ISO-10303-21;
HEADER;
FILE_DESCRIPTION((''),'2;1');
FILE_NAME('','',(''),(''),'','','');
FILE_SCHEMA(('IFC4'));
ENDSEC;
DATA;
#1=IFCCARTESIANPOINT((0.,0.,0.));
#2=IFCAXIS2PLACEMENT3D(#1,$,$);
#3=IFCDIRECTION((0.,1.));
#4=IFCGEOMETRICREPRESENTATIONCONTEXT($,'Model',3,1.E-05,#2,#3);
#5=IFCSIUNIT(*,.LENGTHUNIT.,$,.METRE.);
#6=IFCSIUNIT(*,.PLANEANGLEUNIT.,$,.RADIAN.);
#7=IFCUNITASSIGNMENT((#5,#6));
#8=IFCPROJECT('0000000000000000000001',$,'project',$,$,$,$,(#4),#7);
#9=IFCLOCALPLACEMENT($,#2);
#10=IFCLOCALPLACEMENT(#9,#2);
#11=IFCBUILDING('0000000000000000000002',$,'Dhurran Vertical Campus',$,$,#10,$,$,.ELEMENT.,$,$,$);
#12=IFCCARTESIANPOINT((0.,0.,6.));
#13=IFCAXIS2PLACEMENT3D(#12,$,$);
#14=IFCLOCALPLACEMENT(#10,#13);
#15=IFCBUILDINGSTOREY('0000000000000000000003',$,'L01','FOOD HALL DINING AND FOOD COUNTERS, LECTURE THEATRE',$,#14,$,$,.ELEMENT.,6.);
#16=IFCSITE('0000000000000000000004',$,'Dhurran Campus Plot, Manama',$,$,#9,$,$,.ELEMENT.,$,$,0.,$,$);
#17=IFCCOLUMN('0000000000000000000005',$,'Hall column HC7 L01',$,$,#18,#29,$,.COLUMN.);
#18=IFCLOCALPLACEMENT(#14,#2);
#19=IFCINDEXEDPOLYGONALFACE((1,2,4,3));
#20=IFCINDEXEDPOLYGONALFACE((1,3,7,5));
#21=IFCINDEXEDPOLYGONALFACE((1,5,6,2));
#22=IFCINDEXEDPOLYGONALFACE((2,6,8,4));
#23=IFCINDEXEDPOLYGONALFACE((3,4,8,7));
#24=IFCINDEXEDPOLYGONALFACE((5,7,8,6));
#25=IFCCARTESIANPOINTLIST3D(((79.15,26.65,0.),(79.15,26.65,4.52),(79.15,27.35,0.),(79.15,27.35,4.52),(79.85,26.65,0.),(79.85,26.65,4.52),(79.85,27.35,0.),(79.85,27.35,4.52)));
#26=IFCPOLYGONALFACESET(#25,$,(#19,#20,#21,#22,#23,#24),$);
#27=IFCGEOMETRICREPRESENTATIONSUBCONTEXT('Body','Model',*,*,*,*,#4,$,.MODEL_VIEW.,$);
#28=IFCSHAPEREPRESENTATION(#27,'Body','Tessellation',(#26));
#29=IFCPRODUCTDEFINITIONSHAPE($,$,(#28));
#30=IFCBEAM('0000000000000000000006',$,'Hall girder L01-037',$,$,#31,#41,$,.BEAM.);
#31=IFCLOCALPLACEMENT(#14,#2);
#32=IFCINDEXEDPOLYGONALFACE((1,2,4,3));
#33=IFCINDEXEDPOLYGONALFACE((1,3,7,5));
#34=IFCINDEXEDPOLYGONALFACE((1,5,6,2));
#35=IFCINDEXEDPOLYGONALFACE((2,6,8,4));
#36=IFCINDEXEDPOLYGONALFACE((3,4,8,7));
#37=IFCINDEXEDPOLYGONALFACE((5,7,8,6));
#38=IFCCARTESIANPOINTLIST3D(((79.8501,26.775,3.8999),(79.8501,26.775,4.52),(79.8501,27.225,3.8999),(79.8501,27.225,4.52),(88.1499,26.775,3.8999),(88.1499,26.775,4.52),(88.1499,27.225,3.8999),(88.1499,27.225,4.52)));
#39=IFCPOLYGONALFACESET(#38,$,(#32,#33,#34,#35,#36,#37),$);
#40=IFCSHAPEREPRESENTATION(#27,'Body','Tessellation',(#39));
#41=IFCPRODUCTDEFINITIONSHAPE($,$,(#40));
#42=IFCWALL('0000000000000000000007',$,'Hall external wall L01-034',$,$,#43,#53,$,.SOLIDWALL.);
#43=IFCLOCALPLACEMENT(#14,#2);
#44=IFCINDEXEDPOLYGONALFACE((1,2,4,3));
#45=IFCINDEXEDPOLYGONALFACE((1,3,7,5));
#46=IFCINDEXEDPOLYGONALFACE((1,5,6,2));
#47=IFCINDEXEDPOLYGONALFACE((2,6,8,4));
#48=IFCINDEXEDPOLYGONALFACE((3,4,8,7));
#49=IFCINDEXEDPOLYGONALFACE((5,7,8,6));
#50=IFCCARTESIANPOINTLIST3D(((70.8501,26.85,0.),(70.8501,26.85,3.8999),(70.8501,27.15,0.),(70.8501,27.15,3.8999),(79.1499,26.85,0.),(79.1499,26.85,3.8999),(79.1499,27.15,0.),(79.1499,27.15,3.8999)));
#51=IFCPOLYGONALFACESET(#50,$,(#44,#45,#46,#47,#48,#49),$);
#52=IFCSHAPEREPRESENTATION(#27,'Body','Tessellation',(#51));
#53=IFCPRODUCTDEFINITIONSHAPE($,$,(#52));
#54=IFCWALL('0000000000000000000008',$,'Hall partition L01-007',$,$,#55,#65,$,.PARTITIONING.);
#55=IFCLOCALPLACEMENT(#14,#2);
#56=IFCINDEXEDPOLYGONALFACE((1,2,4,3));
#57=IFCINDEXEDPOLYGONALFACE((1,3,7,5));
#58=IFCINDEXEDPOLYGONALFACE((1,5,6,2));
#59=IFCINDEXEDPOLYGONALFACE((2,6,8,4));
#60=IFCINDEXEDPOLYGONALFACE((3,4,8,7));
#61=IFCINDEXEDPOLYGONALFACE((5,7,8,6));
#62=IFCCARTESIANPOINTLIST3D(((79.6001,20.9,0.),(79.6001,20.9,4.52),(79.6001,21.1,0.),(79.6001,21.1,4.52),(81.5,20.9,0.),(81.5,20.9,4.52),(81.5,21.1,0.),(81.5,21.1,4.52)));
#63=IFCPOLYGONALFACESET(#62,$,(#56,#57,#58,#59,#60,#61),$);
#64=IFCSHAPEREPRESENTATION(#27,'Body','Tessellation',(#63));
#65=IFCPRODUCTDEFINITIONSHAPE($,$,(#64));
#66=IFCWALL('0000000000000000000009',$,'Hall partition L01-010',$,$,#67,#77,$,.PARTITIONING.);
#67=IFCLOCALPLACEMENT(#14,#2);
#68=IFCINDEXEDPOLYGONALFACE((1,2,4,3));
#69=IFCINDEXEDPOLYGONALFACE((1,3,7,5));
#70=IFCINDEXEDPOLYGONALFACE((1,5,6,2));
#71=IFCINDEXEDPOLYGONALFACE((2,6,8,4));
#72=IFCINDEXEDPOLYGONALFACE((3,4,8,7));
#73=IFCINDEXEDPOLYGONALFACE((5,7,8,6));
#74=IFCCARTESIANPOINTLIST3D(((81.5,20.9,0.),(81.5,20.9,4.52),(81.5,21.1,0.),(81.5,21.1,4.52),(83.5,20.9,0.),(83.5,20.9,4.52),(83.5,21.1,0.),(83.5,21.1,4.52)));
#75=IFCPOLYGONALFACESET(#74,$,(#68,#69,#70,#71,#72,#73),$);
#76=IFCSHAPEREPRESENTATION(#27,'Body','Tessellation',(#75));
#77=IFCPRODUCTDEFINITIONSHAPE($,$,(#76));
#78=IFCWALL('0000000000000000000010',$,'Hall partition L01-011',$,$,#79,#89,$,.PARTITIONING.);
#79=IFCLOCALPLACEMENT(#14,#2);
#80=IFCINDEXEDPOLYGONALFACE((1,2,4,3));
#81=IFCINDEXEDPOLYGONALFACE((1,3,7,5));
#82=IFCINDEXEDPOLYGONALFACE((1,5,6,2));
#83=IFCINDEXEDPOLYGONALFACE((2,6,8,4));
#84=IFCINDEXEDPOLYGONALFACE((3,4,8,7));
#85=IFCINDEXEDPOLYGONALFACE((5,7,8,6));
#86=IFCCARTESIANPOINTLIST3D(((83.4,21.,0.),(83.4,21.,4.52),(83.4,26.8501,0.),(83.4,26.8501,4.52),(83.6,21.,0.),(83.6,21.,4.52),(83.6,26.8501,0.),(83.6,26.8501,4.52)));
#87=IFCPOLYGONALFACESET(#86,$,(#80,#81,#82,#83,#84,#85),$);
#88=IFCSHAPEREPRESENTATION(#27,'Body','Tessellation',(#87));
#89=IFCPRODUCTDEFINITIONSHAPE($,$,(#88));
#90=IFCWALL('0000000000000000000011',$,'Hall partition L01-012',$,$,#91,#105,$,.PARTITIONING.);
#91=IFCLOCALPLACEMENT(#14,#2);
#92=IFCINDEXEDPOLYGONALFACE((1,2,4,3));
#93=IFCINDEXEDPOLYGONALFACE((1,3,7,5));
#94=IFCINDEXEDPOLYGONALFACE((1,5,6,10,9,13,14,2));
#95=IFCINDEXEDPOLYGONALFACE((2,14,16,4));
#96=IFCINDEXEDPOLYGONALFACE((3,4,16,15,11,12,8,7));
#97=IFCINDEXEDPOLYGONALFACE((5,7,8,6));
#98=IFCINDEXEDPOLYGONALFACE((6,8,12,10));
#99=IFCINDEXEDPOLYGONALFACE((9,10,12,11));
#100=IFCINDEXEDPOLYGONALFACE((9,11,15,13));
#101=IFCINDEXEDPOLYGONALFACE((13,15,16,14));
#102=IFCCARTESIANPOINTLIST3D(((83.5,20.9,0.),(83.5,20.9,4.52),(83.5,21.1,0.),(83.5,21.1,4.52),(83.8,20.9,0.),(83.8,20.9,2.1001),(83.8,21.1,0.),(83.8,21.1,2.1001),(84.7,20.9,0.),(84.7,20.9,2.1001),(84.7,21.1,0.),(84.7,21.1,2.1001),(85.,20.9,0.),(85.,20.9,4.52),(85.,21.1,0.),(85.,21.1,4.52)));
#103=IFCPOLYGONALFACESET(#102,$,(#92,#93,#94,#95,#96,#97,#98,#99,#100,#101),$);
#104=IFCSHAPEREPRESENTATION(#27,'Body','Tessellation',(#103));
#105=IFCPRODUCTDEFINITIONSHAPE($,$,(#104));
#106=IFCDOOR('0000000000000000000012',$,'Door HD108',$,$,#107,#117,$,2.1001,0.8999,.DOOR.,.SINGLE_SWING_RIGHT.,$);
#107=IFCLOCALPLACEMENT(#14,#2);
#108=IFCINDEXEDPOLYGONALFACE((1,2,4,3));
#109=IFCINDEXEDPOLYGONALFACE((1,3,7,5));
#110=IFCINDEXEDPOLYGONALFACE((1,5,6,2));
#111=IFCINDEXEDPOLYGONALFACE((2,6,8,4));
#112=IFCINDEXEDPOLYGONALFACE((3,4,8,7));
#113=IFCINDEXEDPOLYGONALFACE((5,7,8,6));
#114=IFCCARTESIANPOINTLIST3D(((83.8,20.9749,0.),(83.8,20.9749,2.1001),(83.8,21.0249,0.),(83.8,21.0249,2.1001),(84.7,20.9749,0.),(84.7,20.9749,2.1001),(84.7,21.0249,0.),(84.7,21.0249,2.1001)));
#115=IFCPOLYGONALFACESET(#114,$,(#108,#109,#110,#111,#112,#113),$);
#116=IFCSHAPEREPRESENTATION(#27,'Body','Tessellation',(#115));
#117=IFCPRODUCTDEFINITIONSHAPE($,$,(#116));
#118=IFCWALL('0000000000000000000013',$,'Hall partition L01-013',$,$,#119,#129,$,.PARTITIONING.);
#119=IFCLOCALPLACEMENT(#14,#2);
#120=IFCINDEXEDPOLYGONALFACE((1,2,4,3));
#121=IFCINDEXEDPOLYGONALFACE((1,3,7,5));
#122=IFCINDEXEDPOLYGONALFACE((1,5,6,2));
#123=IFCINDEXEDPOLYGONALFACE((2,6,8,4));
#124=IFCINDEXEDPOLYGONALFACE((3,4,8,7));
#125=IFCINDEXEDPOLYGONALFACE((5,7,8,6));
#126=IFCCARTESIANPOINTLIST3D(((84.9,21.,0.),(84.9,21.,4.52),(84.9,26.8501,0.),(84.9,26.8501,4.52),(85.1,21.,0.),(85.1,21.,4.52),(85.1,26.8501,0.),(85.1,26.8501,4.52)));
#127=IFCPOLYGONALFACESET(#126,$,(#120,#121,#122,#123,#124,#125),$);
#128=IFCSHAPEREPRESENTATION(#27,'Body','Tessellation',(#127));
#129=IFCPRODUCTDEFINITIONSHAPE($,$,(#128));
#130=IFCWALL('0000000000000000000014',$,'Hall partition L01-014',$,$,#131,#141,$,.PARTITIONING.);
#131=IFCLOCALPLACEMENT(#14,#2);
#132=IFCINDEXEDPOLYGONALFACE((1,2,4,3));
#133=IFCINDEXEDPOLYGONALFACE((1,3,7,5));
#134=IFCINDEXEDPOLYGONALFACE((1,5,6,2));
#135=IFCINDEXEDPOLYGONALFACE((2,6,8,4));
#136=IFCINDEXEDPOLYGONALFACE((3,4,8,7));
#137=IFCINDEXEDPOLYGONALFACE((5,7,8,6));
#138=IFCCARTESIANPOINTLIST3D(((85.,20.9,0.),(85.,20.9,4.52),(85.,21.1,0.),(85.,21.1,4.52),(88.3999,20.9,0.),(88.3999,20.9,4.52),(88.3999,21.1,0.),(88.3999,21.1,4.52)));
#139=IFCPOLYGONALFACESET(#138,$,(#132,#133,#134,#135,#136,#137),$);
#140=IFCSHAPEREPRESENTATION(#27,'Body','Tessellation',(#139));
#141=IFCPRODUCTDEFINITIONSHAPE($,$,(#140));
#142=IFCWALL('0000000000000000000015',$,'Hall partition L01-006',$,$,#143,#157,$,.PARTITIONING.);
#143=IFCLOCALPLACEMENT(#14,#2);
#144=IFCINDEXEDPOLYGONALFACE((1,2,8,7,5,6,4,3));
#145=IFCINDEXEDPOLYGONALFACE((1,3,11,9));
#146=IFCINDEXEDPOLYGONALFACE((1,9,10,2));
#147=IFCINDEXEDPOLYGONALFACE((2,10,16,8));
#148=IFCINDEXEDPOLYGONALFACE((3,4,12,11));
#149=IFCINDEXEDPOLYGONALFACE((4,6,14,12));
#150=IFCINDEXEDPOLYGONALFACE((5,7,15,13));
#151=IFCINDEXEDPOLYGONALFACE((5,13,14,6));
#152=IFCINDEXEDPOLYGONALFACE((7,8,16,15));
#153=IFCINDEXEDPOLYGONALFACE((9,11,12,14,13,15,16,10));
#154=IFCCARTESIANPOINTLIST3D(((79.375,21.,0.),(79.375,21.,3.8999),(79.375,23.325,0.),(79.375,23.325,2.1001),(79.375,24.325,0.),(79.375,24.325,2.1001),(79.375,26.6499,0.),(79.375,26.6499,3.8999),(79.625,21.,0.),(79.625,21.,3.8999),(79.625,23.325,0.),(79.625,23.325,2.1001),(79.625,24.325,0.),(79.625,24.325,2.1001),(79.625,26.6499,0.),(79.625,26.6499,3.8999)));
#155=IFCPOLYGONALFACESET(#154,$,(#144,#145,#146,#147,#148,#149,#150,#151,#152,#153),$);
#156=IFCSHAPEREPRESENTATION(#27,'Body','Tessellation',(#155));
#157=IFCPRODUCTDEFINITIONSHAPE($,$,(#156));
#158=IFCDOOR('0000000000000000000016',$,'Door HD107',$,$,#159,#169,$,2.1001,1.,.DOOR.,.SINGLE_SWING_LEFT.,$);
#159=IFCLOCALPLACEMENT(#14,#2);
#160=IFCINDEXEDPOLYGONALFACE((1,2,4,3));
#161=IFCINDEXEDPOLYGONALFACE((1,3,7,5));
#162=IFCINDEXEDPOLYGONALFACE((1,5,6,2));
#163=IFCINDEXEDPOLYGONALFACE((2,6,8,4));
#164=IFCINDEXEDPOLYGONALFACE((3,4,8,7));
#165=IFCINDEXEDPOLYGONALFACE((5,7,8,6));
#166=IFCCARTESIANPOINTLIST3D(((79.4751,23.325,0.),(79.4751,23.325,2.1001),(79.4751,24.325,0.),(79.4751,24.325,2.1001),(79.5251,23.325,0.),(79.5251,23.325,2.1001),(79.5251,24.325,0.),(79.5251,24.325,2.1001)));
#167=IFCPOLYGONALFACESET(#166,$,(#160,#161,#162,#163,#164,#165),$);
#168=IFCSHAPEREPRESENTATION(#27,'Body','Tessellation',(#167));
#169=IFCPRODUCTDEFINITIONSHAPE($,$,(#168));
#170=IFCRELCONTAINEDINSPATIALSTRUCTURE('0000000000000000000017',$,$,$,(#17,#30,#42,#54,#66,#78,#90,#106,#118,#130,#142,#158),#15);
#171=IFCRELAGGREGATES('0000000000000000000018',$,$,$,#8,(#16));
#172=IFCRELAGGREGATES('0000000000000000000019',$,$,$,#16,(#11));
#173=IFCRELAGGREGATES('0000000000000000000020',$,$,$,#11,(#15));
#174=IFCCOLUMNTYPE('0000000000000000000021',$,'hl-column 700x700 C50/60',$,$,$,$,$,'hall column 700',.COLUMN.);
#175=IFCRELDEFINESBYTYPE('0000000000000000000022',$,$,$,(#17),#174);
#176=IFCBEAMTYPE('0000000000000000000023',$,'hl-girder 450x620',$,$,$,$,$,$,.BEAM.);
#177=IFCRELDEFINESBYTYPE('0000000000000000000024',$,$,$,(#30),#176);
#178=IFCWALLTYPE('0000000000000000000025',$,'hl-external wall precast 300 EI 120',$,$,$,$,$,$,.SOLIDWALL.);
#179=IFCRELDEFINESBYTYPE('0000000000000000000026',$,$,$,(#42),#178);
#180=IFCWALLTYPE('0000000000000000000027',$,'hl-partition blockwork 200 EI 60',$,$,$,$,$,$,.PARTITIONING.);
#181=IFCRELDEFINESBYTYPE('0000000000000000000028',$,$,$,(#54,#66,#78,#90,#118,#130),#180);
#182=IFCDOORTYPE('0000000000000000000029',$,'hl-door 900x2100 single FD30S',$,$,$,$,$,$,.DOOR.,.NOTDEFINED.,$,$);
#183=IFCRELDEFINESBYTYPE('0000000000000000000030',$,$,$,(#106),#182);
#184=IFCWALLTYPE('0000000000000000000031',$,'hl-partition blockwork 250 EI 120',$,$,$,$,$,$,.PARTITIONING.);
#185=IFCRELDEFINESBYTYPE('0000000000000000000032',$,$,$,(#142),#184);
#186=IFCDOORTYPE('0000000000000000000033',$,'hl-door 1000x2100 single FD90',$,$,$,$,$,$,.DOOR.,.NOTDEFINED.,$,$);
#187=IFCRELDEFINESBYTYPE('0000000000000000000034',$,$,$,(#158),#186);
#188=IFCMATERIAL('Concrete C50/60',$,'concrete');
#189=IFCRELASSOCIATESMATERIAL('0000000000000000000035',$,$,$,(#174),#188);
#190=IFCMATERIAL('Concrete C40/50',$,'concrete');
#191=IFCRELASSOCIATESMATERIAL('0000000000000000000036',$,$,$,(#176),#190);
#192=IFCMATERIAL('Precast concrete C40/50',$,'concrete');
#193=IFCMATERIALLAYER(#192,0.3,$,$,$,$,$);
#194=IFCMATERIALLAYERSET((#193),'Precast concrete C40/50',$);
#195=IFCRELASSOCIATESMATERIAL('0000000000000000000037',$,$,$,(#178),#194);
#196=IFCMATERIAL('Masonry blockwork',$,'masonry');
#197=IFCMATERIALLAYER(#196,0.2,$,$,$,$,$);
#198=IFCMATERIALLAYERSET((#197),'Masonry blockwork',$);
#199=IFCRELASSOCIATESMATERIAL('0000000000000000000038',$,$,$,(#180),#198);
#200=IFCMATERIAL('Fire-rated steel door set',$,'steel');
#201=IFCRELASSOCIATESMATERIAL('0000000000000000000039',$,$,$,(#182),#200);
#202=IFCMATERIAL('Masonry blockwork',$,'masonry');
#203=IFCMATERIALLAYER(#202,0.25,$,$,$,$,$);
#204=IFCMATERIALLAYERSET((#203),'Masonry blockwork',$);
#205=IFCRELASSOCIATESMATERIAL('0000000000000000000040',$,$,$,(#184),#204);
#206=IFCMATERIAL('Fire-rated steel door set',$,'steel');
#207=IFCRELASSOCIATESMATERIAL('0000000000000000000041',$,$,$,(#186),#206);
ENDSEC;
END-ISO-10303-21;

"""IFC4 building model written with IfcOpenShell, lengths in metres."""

from ifc_helpers import new_model, si_unit, direction, frame, frame_2d, origin, origin_2d, place, context, subcontext, project, spatial, rectangle, extrude, material, layer, layer_set, material_profile, profile_set, type_object, element, fill, save


model = new_model("IFC4")

# Units and contexts
model_context = context("Model", 3, precision=1e-05, world=origin(), true_north=direction((0.0, 1.0)))
body_context = subcontext(model_context, "Body", "Model", "MODEL_VIEW")
ifc_project = project(units=[si_unit("LENGTHUNIT", "METRE"), si_unit("PLANEANGLEUNIT", "RADIAN")], contexts=[model_context])

# Site, building, storey
site_placement = place(None, origin())
site = spatial("IfcSite", under=ifc_project, at=site_placement, Name="Dhurran Campus Plot, Manama", CompositionType="ELEMENT", RefElevation=0.0)
building_placement = place(site_placement, origin())
building = spatial("IfcBuilding", under=site, at=building_placement, Name="Dhurran Vertical Campus", CompositionType="ELEMENT")
storey_placement = place(building_placement, frame((0.0, 0.0, 6.0)))
storey = spatial("IfcBuildingStorey", under=building, at=storey_placement, Name="L01", Description="FOOD HALL DINING AND FOOD COUNTERS, LECTURE THEATRE", CompositionType="ELEMENT", Elevation=6.0)

# Column
ifc_material_1 = material(Name="Concrete C50/60", Category="concrete")
ifc_material_profile_1 = material_profile(ifc_material_1, rectangle(XDim=0.7, YDim=0.7, at=origin_2d()), Name="hl-column 700x700 C50/60")
ifc_profile_set_1 = profile_set([ifc_material_profile_1], Name="Concrete C50/60")
column_type = type_object("IfcColumnType", Name="hl-column 700x700 C50/60", ElementType="hall column 700", PredefinedType="COLUMN", material=ifc_profile_set_1)
column_placement = place(storey_placement, frame((79.5, 27.0, 0.0), z_axis=(0.0, 0.0, 1.0), x_axis=(1.0, 0.0, 0.0)))
element("IfcColumn", 1, at=column_placement, inside=storey, type_object=column_type, Name="Hall column HC7 L01", PredefinedType="COLUMN", context=body_context, shape_type="SweptSolid", body=[
    extrude(rectangle(XDim=0.7, YDim=0.7, at=origin_2d()), origin(), (0.0, 0.0, 1.0), 4.52),
])

# Beam
ifc_material_2 = material(Name="Concrete C40/50", Category="concrete")
ifc_material_profile_2 = material_profile(ifc_material_2, rectangle(XDim=0.45, YDim=0.6201, at=origin_2d()), Name="hl-girder 450x620")
ifc_profile_set_2 = profile_set([ifc_material_profile_2], Name="Concrete C40/50")
beam_type = type_object("IfcBeamType", Name="hl-girder 450x620", PredefinedType="BEAM", material=ifc_profile_set_2)
beam_placement = place(storey_placement, frame((79.8501, 27.0, 4.21), z_axis=(1.0, 0.0, 0.0), x_axis=(0.0, 1.0, 0.0)))
element("IfcBeam", 2, at=beam_placement, inside=storey, type_object=beam_type, Name="Hall girder L01-037", PredefinedType="BEAM", context=body_context, shape_type="SweptSolid", body=[
    extrude(rectangle(XDim=0.45, YDim=0.6201, at=origin_2d()), origin(), (0.0, 0.0, 1.0), 8.2998),
])

# Walls
ifc_material_3 = material(Name="Precast concrete C40/50", Category="concrete")
ifc_layer_1 = layer(ifc_material_3, 0.3)
ifc_layer_set_1 = layer_set([ifc_layer_1], Name="Precast concrete C40/50")
wall_type_1 = type_object("IfcWallType", Name="hl-external wall precast 300 EI 120", PredefinedType="SOLIDWALL", material=ifc_layer_set_1)
wall_1_placement = place(storey_placement, frame((79.1499, 27.0, 0.0), z_axis=(0.0, 0.0, 1.0), x_axis=(-1.0, 0.0, 0.0)))
element("IfcWall", 3, at=wall_1_placement, inside=storey, type_object=wall_type_1, Name="Hall external wall L01-034", PredefinedType="SOLIDWALL", context=body_context, shape_type="SweptSolid", body=[
    extrude(rectangle(XDim=8.2998, YDim=0.3, at=frame_2d((4.1499, 0.0))), origin(), (0.0, 0.0, 1.0), 3.8999),
])
ifc_material_4 = material(Name="Masonry blockwork", Category="masonry")
ifc_layer_2 = layer(ifc_material_4, 0.2)
ifc_layer_set_2 = layer_set([ifc_layer_2], Name="Masonry blockwork")
wall_type_2 = type_object("IfcWallType", Name="hl-partition blockwork 200 EI 60", PredefinedType="PARTITIONING", material=ifc_layer_set_2)
wall_2_placement = place(storey_placement, frame((79.6001, 21.0, 0.0), z_axis=(0.0, 0.0, 1.0), x_axis=(1.0, 0.0, 0.0)))
element("IfcWall", 4, at=wall_2_placement, inside=storey, type_object=wall_type_2, Name="Hall partition L01-007", PredefinedType="PARTITIONING", context=body_context, shape_type="SweptSolid", body=[
    extrude(rectangle(XDim=1.8999, YDim=0.2, at=frame_2d((0.95, 0.0))), origin(), (0.0, 0.0, 1.0), 4.52),
])
wall_3_placement = place(storey_placement, frame((81.5, 21.0, 0.0), z_axis=(0.0, 0.0, 1.0), x_axis=(1.0, 0.0, 0.0)))
element("IfcWall", 5, at=wall_3_placement, inside=storey, type_object=wall_type_2, Name="Hall partition L01-010", PredefinedType="PARTITIONING", context=body_context, shape_type="SweptSolid", body=[
    extrude(rectangle(XDim=2.0, YDim=0.2, at=frame_2d((1.0, 0.0))), origin(), (0.0, 0.0, 1.0), 4.52),
])
wall_4_placement = place(storey_placement, frame((83.5, 21.0, 0.0), z_axis=(0.0, 0.0, 1.0), x_axis=(0.0, 1.0, 0.0)))
element("IfcWall", 6, at=wall_4_placement, inside=storey, type_object=wall_type_2, Name="Hall partition L01-011", PredefinedType="PARTITIONING", context=body_context, shape_type="SweptSolid", body=[
    extrude(rectangle(XDim=5.8501, YDim=0.2, at=frame_2d((2.925, 0.0))), origin(), (0.0, 0.0, 1.0), 4.52),
])

# Wall, opening, door
wall_5_placement = place(storey_placement, frame((83.5, 21.0, 0.0), z_axis=(0.0, 0.0, 1.0), x_axis=(1.0, 0.0, 0.0)))
wall_5 = element("IfcWall", 7, at=wall_5_placement, inside=storey, type_object=wall_type_2, Name="Hall partition L01-012", PredefinedType="PARTITIONING", context=body_context, shape_type="SweptSolid", body=[
    extrude(rectangle(XDim=1.5, YDim=0.2, at=frame_2d((0.75, 0.0))), origin(), (0.0, 0.0, 1.0), 4.52),
])
opening_1_placement = place(wall_5_placement, frame((0.3, 0.0, 0.0)))
opening_1 = element("IfcOpeningElement", 8, at=opening_1_placement, cuts=wall_5, PredefinedType="OPENING", context=body_context, shape_type="SweptSolid", body=[
    extrude(rectangle(XDim=0.8999, YDim=2.1001, at=frame_2d((0.45, 1.05))), frame((0.0, 0.1099, 0.0), z_axis=(0.0, -1.0, 0.0), x_axis=(1.0, 0.0, 0.0)), (0.0, 0.0, 1.0), 0.22),
])
ifc_material_5 = material(Name="Fire-rated steel door set", Category="steel")
door_type_1 = type_object("IfcDoorType", Name="hl-door 900x2100 single FD30S", OperationType="NOTDEFINED", PredefinedType="DOOR", material=ifc_material_5)
door_1_placement = place(opening_1_placement, origin())
door_1 = element("IfcDoor", 9, at=door_1_placement, inside=storey, type_object=door_type_1, Name="Door HD108", OperationType="SINGLE_SWING_RIGHT", OverallHeight=2.1001, OverallWidth=0.8999, PredefinedType="DOOR", context=body_context, shape_type="SweptSolid", body=[
    extrude(rectangle(XDim=0.8999, YDim=2.1001, at=frame_2d((0.45, 1.05))), frame((0.0, 0.0249, 0.0), z_axis=(0.0, -1.0, 0.0), x_axis=(1.0, 0.0, 0.0)), (0.0, 0.0, 1.0), 0.05),
])
fill(opening_1, door_1)

# Walls
wall_6_placement = place(storey_placement, frame((85.0, 21.0, 0.0), z_axis=(0.0, 0.0, 1.0), x_axis=(0.0, 1.0, 0.0)))
element("IfcWall", 10, at=wall_6_placement, inside=storey, type_object=wall_type_2, Name="Hall partition L01-013", PredefinedType="PARTITIONING", context=body_context, shape_type="SweptSolid", body=[
    extrude(rectangle(XDim=5.8501, YDim=0.2, at=frame_2d((2.925, 0.0))), origin(), (0.0, 0.0, 1.0), 4.52),
])
wall_7_placement = place(storey_placement, frame((85.0, 21.0, 0.0), z_axis=(0.0, 0.0, 1.0), x_axis=(1.0, 0.0, 0.0)))
element("IfcWall", 11, at=wall_7_placement, inside=storey, type_object=wall_type_2, Name="Hall partition L01-014", PredefinedType="PARTITIONING", context=body_context, shape_type="SweptSolid", body=[
    extrude(rectangle(XDim=3.3999, YDim=0.2, at=frame_2d((1.7, 0.0))), origin(), (0.0, 0.0, 1.0), 4.52),
])

# Wall, opening, door
ifc_material_6 = material(Name="Masonry blockwork", Category="masonry")
ifc_layer_3 = layer(ifc_material_6, 0.25)
ifc_layer_set_3 = layer_set([ifc_layer_3], Name="Masonry blockwork")
wall_type_3 = type_object("IfcWallType", Name="hl-partition blockwork 250 EI 120", PredefinedType="PARTITIONING", material=ifc_layer_set_3)
wall_8_placement = place(storey_placement, frame((79.5, 21.0, 0.0), z_axis=(0.0, 0.0, 1.0), x_axis=(0.0, 1.0, 0.0)))
wall_8 = element("IfcWall", 12, at=wall_8_placement, inside=storey, type_object=wall_type_3, Name="Hall partition L01-006", PredefinedType="PARTITIONING", context=body_context, shape_type="SweptSolid", body=[
    extrude(rectangle(XDim=5.6499, YDim=0.25, at=frame_2d((2.825, 0.0))), origin(), (0.0, 0.0, 1.0), 3.8999),
])
opening_2_placement = place(wall_8_placement, frame((2.325, 0.0, 0.0)))
opening_2 = element("IfcOpeningElement", 13, at=opening_2_placement, cuts=wall_8, PredefinedType="OPENING", context=body_context, shape_type="SweptSolid", body=[
    extrude(rectangle(XDim=1.0, YDim=2.1001, at=frame_2d((0.5, 1.05))), frame((0.0, 0.135, 0.0), z_axis=(0.0, -1.0, 0.0), x_axis=(1.0, 0.0, 0.0)), (0.0, 0.0, 1.0), 0.27),
])
ifc_material_7 = material(Name="Fire-rated steel door set", Category="steel")
door_type_2 = type_object("IfcDoorType", Name="hl-door 1000x2100 single FD90", OperationType="NOTDEFINED", PredefinedType="DOOR", material=ifc_material_7)
door_2_placement = place(opening_2_placement, origin())
door_2 = element("IfcDoor", 14, at=door_2_placement, inside=storey, type_object=door_type_2, Name="Door HD107", OperationType="SINGLE_SWING_LEFT", OverallHeight=2.1001, OverallWidth=1.0, PredefinedType="DOOR", context=body_context, shape_type="SweptSolid", body=[
    extrude(rectangle(XDim=1.0, YDim=2.1001, at=frame_2d((0.5, 1.05))), frame((0.0, 0.0249, 0.0), z_axis=(0.0, -1.0, 0.0), x_axis=(1.0, 0.0, 0.0)), (0.0, 0.0, 1.0), 0.05),
])
fill(opening_2, door_2)

save(model, "model.ifc")
